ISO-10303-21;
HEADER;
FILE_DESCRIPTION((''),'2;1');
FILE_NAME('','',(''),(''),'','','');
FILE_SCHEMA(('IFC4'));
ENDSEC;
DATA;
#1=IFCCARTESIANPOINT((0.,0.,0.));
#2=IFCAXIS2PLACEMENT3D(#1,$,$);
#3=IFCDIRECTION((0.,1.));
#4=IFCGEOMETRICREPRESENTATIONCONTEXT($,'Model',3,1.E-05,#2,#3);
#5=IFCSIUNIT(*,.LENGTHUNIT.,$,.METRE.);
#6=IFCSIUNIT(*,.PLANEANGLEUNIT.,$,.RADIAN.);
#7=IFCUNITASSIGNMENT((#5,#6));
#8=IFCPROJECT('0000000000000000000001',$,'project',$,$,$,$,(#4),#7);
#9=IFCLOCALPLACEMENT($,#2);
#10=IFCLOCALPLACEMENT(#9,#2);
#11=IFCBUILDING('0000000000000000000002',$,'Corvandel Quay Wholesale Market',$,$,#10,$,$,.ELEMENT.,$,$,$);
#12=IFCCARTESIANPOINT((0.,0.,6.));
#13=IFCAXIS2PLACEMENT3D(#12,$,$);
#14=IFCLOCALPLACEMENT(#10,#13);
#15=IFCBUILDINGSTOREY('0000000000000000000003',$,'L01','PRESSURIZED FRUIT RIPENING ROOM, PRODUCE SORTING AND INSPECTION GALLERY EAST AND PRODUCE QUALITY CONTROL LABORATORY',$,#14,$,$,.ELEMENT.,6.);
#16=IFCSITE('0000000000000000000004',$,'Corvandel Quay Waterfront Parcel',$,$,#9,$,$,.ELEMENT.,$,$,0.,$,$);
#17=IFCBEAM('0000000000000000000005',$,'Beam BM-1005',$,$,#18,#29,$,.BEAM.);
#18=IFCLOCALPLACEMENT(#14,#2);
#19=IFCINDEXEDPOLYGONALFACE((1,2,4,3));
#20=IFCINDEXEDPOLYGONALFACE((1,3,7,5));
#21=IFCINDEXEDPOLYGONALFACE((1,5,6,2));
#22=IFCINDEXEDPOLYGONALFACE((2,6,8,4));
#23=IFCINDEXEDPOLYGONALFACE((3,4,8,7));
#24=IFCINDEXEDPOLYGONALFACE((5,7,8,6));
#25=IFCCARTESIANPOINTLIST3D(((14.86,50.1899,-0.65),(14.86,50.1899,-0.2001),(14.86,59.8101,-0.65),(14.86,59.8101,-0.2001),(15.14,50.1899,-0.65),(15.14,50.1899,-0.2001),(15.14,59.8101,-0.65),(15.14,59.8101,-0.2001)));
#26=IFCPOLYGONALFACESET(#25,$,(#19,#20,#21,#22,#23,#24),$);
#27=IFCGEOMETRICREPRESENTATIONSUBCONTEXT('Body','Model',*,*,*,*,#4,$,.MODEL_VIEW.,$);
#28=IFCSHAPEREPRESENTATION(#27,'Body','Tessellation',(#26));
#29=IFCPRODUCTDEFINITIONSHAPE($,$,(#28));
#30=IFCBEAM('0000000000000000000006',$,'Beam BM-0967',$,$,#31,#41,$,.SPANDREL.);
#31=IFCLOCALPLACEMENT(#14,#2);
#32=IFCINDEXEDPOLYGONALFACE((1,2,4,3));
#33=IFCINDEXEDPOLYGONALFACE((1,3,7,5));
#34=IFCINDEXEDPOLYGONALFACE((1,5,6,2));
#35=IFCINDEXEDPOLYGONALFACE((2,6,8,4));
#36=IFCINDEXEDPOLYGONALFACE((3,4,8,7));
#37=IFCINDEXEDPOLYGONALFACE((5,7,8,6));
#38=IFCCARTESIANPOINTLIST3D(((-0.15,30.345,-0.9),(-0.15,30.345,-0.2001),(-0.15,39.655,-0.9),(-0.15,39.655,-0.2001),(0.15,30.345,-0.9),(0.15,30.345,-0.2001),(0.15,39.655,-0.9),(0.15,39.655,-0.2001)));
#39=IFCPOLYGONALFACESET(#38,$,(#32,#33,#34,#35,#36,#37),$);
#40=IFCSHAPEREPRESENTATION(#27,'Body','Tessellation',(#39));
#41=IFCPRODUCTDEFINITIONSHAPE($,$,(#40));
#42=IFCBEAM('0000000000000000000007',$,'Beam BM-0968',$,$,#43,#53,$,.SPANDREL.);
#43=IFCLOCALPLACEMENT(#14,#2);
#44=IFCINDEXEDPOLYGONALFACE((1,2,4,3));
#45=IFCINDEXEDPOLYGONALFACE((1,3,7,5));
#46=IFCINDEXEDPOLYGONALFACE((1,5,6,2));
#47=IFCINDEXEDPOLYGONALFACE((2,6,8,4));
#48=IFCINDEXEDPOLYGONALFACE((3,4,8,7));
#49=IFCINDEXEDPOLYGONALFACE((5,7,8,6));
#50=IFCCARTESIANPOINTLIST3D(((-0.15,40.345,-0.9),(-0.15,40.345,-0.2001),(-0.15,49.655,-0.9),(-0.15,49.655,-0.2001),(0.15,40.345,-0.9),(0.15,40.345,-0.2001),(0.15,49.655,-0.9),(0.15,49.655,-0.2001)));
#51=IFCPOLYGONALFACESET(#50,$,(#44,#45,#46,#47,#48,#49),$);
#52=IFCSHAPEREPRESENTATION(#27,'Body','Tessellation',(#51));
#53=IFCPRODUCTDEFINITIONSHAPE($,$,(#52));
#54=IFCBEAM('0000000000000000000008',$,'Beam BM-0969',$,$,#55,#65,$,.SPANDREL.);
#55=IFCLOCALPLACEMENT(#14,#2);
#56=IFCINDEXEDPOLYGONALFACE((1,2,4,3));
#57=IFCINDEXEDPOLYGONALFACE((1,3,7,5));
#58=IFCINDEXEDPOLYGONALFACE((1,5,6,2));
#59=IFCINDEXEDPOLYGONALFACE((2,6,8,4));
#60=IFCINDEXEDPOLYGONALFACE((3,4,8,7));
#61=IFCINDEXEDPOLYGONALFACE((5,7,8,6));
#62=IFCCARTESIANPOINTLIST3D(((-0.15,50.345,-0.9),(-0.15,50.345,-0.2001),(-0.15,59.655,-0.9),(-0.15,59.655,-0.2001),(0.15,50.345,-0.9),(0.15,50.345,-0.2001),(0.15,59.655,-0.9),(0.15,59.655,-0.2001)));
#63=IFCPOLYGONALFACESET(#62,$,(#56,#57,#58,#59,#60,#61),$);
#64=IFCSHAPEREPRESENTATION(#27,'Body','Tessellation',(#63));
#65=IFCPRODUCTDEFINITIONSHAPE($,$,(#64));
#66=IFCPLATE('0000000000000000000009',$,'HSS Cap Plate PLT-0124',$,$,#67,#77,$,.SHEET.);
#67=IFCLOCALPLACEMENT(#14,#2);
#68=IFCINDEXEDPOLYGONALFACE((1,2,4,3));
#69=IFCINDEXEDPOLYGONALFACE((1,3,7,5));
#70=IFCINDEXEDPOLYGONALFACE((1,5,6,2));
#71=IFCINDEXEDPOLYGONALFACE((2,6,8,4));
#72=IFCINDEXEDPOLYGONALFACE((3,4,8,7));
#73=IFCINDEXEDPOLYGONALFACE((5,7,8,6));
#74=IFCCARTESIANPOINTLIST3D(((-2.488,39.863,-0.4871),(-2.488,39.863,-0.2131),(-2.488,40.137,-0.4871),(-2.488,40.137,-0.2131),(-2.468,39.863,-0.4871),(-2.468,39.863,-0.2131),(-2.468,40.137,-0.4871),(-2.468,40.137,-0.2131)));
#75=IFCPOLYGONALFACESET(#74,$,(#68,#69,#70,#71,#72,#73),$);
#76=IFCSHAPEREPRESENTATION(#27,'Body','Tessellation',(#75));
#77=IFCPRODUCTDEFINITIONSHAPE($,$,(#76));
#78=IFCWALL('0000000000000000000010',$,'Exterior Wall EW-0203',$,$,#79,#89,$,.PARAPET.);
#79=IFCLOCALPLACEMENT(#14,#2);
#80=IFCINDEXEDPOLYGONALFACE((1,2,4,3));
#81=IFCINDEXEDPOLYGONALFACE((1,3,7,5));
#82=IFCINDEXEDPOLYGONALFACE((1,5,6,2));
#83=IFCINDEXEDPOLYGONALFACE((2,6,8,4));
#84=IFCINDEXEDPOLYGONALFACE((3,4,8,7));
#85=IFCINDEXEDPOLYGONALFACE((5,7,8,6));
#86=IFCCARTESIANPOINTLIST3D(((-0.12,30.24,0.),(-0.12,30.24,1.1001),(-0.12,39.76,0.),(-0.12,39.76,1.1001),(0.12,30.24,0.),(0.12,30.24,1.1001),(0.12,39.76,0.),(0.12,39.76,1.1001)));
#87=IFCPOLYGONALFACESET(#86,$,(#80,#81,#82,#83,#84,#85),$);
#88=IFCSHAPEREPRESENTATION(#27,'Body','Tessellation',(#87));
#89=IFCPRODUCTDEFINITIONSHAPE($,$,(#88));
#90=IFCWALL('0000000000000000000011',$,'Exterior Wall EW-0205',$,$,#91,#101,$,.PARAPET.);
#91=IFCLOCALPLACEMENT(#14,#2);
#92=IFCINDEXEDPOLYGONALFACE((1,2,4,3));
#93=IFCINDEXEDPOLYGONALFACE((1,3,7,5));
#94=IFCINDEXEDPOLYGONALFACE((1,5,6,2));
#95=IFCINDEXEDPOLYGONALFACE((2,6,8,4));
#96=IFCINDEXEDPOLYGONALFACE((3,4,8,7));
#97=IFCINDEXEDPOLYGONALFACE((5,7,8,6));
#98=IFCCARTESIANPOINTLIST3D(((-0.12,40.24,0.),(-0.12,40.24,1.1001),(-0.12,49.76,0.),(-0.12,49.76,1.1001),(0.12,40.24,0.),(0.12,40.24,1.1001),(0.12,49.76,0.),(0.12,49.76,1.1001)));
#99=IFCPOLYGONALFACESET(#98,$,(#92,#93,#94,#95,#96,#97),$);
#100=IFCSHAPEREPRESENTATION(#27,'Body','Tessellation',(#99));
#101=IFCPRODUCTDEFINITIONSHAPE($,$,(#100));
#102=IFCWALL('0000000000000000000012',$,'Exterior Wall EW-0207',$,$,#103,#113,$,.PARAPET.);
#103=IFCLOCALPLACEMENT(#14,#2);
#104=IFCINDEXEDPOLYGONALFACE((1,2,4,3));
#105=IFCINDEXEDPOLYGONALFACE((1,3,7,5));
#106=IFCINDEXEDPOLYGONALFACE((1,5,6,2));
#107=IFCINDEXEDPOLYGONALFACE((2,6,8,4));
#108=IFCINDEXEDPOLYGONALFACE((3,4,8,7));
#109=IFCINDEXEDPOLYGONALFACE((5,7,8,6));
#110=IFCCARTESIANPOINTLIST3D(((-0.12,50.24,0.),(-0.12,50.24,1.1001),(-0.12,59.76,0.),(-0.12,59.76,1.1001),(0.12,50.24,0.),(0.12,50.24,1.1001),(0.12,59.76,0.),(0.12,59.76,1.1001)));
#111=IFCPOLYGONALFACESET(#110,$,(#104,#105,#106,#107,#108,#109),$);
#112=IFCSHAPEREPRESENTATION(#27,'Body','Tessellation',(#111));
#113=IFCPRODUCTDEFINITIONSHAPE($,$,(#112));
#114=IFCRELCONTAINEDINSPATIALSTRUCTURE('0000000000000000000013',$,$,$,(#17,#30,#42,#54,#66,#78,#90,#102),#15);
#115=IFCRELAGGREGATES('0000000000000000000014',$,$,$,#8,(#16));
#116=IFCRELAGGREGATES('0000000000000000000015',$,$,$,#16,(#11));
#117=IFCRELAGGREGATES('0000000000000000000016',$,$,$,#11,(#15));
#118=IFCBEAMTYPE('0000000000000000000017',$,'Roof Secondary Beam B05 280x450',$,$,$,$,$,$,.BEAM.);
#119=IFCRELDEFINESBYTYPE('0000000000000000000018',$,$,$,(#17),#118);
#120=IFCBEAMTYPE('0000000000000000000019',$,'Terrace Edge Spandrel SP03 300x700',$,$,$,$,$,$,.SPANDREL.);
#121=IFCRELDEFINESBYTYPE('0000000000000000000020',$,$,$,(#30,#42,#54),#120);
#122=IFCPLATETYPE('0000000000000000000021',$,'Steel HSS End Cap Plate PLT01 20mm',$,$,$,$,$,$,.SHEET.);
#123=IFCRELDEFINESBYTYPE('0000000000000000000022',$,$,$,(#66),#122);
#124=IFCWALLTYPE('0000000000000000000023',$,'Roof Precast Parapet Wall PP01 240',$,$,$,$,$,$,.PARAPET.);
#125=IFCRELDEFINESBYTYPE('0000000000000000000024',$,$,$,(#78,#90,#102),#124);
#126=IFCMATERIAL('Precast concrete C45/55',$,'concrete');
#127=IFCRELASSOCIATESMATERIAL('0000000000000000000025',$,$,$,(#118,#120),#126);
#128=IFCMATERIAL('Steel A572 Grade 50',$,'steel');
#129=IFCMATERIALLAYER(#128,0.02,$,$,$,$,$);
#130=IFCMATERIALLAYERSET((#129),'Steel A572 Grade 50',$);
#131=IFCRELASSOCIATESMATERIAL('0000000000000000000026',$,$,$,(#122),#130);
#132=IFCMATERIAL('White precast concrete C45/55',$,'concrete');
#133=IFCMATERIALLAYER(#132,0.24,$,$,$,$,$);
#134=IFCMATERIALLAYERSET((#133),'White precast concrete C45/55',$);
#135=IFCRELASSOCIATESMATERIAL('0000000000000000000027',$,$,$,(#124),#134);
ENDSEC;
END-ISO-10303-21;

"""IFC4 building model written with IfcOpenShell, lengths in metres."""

from ifc_helpers import new_model, si_unit, direction, frame, frame_2d, origin, origin_2d, place, context, subcontext, project, spatial, rectangle, extrude, material, layer, layer_set, material_profile, profile_set, type_object, element, save


model = new_model("IFC4")

# Units and contexts
model_context = context("Model", 3, precision=1e-05, world=origin(), true_north=direction((0.0, 1.0)))
body_context = subcontext(model_context, "Body", "Model", "MODEL_VIEW")
ifc_project = project(units=[si_unit("LENGTHUNIT", "METRE"), si_unit("PLANEANGLEUNIT", "RADIAN")], contexts=[model_context])

# Site, building, storey
site_placement = place(None, origin())
site = spatial("IfcSite", under=ifc_project, at=site_placement, Name="Corvandel Quay Waterfront Parcel", CompositionType="ELEMENT", RefElevation=0.0)
building_placement = place(site_placement, origin())
building = spatial("IfcBuilding", under=site, at=building_placement, Name="Corvandel Quay Wholesale Market", CompositionType="ELEMENT")
storey_placement = place(building_placement, frame((0.0, 0.0, 6.0)))
storey = spatial("IfcBuildingStorey", under=building, at=storey_placement, Name="L01", Description="PRESSURIZED FRUIT RIPENING ROOM, PRODUCE SORTING AND INSPECTION GALLERY EAST AND PRODUCE QUALITY CONTROL LABORATORY", CompositionType="ELEMENT", Elevation=6.0)

# Beams
ifc_material_1 = material(Name="Precast concrete C45/55", Category="concrete")
ifc_material_profile_1 = material_profile(ifc_material_1, rectangle(XDim=0.28, YDim=0.45, at=origin_2d()), Name="PC-BM-280x450")
ifc_profile_set_1 = profile_set([ifc_material_profile_1], Name="Precast concrete C45/55")
beam_type_1 = type_object("IfcBeamType", Name="Roof Secondary Beam B05 280x450", PredefinedType="BEAM", material=ifc_profile_set_1)
for number, where, z_axis, x_axis, name in (
    (1, (15.0, 50.1899, -0.425), (0.0, 1.0, 0.0), (-1.0, 0.0, 0.0), "Beam BM-1005"),
):
    element("IfcBeam", number, at=place(storey_placement, frame(where, z_axis=z_axis, x_axis=x_axis)), inside=storey, type_object=beam_type_1, Name=name, PredefinedType="BEAM", context=body_context, shape_type="SweptSolid", body=[
        extrude(rectangle(XDim=0.28, YDim=0.45, at=origin_2d()), origin(), (0.0, 0.0, 1.0), 9.6201),
    ])
ifc_material_profile_2 = material_profile(ifc_material_1, rectangle(XDim=0.3, YDim=0.7, at=origin_2d()), Name="PC-SPN-300x700")
ifc_profile_set_2 = profile_set([ifc_material_profile_2], Name="Precast concrete C45/55")
beam_type_2 = type_object("IfcBeamType", Name="Terrace Edge Spandrel SP03 300x700", PredefinedType="SPANDREL", material=ifc_profile_set_2)
for number, where, z_axis, x_axis, name in (
    (2, (0.0, 30.345, -0.55), (0.0, 1.0, 0.0), (-1.0, 0.0, 0.0), "Beam BM-0967"),
    (3, (0.0, 40.345, -0.55), (0.0, 1.0, 0.0), (-1.0, 0.0, 0.0), "Beam BM-0968"),
    (4, (0.0, 50.345, -0.55), (0.0, 1.0, 0.0), (-1.0, 0.0, 0.0), "Beam BM-0969"),
):
    element("IfcBeam", number, at=place(storey_placement, frame(where, z_axis=z_axis, x_axis=x_axis)), inside=storey, type_object=beam_type_2, Name=name, PredefinedType="SPANDREL", context=body_context, shape_type="SweptSolid", body=[
        extrude(rectangle(XDim=0.3, YDim=0.7, at=origin_2d()), origin(), (0.0, 0.0, 1.0), 9.3101),
    ])

# Plate
ifc_material_2 = material(Name="Steel A572 Grade 50", Category="steel")
ifc_layer_1 = layer(ifc_material_2, 0.02)
ifc_layer_set_1 = layer_set([ifc_layer_1], Name="Steel A572 Grade 50")
plate_type = type_object("IfcPlateType", Name="Steel HSS End Cap Plate PLT01 20mm", PredefinedType="SHEET", material=ifc_layer_set_1)
plate_placement = place(storey_placement, frame((-2.478, 40.0, -0.4871), z_axis=(0.0, 0.0, 1.0), x_axis=(0.0, 1.0, 0.0)))
element("IfcPlate", 5, at=plate_placement, inside=storey, type_object=plate_type, Name="HSS Cap Plate PLT-0124", PredefinedType="SHEET", context=body_context, shape_type="SweptSolid", body=[
    extrude(rectangle(XDim=0.2739, YDim=0.02, at=origin_2d()), origin(), (0.0, 0.0, 1.0), 0.2739),
])

# Walls
ifc_material_3 = material(Name="White precast concrete C45/55", Category="concrete")
ifc_layer_2 = layer(ifc_material_3, 0.24)
ifc_layer_set_2 = layer_set([ifc_layer_2], Name="White precast concrete C45/55")
wall_type = type_object("IfcWallType", Name="Roof Precast Parapet Wall PP01 240", PredefinedType="PARAPET", material=ifc_layer_set_2)
for number, where, z_axis, x_axis, name in (
    (6, (0.0, 30.24, 0.0), (0.0, 0.0, 1.0), (0.0, 1.0, 0.0), "Exterior Wall EW-0203"),
    (7, (0.0, 40.24, 0.0), (0.0, 0.0, 1.0), (0.0, 1.0, 0.0), "Exterior Wall EW-0205"),
    (8, (0.0, 50.24, 0.0), (0.0, 0.0, 1.0), (0.0, 1.0, 0.0), "Exterior Wall EW-0207"),
):
    element("IfcWall", number, at=place(storey_placement, frame(where, z_axis=z_axis, x_axis=x_axis)), inside=storey, type_object=wall_type, Name=name, PredefinedType="PARAPET", context=body_context, shape_type="SweptSolid", body=[
        extrude(rectangle(XDim=9.52, YDim=0.24, at=frame_2d((4.76, 0.0))), origin(), (0.0, 0.0, 1.0), 1.1001),
    ])

save(model, "model.ifc")
